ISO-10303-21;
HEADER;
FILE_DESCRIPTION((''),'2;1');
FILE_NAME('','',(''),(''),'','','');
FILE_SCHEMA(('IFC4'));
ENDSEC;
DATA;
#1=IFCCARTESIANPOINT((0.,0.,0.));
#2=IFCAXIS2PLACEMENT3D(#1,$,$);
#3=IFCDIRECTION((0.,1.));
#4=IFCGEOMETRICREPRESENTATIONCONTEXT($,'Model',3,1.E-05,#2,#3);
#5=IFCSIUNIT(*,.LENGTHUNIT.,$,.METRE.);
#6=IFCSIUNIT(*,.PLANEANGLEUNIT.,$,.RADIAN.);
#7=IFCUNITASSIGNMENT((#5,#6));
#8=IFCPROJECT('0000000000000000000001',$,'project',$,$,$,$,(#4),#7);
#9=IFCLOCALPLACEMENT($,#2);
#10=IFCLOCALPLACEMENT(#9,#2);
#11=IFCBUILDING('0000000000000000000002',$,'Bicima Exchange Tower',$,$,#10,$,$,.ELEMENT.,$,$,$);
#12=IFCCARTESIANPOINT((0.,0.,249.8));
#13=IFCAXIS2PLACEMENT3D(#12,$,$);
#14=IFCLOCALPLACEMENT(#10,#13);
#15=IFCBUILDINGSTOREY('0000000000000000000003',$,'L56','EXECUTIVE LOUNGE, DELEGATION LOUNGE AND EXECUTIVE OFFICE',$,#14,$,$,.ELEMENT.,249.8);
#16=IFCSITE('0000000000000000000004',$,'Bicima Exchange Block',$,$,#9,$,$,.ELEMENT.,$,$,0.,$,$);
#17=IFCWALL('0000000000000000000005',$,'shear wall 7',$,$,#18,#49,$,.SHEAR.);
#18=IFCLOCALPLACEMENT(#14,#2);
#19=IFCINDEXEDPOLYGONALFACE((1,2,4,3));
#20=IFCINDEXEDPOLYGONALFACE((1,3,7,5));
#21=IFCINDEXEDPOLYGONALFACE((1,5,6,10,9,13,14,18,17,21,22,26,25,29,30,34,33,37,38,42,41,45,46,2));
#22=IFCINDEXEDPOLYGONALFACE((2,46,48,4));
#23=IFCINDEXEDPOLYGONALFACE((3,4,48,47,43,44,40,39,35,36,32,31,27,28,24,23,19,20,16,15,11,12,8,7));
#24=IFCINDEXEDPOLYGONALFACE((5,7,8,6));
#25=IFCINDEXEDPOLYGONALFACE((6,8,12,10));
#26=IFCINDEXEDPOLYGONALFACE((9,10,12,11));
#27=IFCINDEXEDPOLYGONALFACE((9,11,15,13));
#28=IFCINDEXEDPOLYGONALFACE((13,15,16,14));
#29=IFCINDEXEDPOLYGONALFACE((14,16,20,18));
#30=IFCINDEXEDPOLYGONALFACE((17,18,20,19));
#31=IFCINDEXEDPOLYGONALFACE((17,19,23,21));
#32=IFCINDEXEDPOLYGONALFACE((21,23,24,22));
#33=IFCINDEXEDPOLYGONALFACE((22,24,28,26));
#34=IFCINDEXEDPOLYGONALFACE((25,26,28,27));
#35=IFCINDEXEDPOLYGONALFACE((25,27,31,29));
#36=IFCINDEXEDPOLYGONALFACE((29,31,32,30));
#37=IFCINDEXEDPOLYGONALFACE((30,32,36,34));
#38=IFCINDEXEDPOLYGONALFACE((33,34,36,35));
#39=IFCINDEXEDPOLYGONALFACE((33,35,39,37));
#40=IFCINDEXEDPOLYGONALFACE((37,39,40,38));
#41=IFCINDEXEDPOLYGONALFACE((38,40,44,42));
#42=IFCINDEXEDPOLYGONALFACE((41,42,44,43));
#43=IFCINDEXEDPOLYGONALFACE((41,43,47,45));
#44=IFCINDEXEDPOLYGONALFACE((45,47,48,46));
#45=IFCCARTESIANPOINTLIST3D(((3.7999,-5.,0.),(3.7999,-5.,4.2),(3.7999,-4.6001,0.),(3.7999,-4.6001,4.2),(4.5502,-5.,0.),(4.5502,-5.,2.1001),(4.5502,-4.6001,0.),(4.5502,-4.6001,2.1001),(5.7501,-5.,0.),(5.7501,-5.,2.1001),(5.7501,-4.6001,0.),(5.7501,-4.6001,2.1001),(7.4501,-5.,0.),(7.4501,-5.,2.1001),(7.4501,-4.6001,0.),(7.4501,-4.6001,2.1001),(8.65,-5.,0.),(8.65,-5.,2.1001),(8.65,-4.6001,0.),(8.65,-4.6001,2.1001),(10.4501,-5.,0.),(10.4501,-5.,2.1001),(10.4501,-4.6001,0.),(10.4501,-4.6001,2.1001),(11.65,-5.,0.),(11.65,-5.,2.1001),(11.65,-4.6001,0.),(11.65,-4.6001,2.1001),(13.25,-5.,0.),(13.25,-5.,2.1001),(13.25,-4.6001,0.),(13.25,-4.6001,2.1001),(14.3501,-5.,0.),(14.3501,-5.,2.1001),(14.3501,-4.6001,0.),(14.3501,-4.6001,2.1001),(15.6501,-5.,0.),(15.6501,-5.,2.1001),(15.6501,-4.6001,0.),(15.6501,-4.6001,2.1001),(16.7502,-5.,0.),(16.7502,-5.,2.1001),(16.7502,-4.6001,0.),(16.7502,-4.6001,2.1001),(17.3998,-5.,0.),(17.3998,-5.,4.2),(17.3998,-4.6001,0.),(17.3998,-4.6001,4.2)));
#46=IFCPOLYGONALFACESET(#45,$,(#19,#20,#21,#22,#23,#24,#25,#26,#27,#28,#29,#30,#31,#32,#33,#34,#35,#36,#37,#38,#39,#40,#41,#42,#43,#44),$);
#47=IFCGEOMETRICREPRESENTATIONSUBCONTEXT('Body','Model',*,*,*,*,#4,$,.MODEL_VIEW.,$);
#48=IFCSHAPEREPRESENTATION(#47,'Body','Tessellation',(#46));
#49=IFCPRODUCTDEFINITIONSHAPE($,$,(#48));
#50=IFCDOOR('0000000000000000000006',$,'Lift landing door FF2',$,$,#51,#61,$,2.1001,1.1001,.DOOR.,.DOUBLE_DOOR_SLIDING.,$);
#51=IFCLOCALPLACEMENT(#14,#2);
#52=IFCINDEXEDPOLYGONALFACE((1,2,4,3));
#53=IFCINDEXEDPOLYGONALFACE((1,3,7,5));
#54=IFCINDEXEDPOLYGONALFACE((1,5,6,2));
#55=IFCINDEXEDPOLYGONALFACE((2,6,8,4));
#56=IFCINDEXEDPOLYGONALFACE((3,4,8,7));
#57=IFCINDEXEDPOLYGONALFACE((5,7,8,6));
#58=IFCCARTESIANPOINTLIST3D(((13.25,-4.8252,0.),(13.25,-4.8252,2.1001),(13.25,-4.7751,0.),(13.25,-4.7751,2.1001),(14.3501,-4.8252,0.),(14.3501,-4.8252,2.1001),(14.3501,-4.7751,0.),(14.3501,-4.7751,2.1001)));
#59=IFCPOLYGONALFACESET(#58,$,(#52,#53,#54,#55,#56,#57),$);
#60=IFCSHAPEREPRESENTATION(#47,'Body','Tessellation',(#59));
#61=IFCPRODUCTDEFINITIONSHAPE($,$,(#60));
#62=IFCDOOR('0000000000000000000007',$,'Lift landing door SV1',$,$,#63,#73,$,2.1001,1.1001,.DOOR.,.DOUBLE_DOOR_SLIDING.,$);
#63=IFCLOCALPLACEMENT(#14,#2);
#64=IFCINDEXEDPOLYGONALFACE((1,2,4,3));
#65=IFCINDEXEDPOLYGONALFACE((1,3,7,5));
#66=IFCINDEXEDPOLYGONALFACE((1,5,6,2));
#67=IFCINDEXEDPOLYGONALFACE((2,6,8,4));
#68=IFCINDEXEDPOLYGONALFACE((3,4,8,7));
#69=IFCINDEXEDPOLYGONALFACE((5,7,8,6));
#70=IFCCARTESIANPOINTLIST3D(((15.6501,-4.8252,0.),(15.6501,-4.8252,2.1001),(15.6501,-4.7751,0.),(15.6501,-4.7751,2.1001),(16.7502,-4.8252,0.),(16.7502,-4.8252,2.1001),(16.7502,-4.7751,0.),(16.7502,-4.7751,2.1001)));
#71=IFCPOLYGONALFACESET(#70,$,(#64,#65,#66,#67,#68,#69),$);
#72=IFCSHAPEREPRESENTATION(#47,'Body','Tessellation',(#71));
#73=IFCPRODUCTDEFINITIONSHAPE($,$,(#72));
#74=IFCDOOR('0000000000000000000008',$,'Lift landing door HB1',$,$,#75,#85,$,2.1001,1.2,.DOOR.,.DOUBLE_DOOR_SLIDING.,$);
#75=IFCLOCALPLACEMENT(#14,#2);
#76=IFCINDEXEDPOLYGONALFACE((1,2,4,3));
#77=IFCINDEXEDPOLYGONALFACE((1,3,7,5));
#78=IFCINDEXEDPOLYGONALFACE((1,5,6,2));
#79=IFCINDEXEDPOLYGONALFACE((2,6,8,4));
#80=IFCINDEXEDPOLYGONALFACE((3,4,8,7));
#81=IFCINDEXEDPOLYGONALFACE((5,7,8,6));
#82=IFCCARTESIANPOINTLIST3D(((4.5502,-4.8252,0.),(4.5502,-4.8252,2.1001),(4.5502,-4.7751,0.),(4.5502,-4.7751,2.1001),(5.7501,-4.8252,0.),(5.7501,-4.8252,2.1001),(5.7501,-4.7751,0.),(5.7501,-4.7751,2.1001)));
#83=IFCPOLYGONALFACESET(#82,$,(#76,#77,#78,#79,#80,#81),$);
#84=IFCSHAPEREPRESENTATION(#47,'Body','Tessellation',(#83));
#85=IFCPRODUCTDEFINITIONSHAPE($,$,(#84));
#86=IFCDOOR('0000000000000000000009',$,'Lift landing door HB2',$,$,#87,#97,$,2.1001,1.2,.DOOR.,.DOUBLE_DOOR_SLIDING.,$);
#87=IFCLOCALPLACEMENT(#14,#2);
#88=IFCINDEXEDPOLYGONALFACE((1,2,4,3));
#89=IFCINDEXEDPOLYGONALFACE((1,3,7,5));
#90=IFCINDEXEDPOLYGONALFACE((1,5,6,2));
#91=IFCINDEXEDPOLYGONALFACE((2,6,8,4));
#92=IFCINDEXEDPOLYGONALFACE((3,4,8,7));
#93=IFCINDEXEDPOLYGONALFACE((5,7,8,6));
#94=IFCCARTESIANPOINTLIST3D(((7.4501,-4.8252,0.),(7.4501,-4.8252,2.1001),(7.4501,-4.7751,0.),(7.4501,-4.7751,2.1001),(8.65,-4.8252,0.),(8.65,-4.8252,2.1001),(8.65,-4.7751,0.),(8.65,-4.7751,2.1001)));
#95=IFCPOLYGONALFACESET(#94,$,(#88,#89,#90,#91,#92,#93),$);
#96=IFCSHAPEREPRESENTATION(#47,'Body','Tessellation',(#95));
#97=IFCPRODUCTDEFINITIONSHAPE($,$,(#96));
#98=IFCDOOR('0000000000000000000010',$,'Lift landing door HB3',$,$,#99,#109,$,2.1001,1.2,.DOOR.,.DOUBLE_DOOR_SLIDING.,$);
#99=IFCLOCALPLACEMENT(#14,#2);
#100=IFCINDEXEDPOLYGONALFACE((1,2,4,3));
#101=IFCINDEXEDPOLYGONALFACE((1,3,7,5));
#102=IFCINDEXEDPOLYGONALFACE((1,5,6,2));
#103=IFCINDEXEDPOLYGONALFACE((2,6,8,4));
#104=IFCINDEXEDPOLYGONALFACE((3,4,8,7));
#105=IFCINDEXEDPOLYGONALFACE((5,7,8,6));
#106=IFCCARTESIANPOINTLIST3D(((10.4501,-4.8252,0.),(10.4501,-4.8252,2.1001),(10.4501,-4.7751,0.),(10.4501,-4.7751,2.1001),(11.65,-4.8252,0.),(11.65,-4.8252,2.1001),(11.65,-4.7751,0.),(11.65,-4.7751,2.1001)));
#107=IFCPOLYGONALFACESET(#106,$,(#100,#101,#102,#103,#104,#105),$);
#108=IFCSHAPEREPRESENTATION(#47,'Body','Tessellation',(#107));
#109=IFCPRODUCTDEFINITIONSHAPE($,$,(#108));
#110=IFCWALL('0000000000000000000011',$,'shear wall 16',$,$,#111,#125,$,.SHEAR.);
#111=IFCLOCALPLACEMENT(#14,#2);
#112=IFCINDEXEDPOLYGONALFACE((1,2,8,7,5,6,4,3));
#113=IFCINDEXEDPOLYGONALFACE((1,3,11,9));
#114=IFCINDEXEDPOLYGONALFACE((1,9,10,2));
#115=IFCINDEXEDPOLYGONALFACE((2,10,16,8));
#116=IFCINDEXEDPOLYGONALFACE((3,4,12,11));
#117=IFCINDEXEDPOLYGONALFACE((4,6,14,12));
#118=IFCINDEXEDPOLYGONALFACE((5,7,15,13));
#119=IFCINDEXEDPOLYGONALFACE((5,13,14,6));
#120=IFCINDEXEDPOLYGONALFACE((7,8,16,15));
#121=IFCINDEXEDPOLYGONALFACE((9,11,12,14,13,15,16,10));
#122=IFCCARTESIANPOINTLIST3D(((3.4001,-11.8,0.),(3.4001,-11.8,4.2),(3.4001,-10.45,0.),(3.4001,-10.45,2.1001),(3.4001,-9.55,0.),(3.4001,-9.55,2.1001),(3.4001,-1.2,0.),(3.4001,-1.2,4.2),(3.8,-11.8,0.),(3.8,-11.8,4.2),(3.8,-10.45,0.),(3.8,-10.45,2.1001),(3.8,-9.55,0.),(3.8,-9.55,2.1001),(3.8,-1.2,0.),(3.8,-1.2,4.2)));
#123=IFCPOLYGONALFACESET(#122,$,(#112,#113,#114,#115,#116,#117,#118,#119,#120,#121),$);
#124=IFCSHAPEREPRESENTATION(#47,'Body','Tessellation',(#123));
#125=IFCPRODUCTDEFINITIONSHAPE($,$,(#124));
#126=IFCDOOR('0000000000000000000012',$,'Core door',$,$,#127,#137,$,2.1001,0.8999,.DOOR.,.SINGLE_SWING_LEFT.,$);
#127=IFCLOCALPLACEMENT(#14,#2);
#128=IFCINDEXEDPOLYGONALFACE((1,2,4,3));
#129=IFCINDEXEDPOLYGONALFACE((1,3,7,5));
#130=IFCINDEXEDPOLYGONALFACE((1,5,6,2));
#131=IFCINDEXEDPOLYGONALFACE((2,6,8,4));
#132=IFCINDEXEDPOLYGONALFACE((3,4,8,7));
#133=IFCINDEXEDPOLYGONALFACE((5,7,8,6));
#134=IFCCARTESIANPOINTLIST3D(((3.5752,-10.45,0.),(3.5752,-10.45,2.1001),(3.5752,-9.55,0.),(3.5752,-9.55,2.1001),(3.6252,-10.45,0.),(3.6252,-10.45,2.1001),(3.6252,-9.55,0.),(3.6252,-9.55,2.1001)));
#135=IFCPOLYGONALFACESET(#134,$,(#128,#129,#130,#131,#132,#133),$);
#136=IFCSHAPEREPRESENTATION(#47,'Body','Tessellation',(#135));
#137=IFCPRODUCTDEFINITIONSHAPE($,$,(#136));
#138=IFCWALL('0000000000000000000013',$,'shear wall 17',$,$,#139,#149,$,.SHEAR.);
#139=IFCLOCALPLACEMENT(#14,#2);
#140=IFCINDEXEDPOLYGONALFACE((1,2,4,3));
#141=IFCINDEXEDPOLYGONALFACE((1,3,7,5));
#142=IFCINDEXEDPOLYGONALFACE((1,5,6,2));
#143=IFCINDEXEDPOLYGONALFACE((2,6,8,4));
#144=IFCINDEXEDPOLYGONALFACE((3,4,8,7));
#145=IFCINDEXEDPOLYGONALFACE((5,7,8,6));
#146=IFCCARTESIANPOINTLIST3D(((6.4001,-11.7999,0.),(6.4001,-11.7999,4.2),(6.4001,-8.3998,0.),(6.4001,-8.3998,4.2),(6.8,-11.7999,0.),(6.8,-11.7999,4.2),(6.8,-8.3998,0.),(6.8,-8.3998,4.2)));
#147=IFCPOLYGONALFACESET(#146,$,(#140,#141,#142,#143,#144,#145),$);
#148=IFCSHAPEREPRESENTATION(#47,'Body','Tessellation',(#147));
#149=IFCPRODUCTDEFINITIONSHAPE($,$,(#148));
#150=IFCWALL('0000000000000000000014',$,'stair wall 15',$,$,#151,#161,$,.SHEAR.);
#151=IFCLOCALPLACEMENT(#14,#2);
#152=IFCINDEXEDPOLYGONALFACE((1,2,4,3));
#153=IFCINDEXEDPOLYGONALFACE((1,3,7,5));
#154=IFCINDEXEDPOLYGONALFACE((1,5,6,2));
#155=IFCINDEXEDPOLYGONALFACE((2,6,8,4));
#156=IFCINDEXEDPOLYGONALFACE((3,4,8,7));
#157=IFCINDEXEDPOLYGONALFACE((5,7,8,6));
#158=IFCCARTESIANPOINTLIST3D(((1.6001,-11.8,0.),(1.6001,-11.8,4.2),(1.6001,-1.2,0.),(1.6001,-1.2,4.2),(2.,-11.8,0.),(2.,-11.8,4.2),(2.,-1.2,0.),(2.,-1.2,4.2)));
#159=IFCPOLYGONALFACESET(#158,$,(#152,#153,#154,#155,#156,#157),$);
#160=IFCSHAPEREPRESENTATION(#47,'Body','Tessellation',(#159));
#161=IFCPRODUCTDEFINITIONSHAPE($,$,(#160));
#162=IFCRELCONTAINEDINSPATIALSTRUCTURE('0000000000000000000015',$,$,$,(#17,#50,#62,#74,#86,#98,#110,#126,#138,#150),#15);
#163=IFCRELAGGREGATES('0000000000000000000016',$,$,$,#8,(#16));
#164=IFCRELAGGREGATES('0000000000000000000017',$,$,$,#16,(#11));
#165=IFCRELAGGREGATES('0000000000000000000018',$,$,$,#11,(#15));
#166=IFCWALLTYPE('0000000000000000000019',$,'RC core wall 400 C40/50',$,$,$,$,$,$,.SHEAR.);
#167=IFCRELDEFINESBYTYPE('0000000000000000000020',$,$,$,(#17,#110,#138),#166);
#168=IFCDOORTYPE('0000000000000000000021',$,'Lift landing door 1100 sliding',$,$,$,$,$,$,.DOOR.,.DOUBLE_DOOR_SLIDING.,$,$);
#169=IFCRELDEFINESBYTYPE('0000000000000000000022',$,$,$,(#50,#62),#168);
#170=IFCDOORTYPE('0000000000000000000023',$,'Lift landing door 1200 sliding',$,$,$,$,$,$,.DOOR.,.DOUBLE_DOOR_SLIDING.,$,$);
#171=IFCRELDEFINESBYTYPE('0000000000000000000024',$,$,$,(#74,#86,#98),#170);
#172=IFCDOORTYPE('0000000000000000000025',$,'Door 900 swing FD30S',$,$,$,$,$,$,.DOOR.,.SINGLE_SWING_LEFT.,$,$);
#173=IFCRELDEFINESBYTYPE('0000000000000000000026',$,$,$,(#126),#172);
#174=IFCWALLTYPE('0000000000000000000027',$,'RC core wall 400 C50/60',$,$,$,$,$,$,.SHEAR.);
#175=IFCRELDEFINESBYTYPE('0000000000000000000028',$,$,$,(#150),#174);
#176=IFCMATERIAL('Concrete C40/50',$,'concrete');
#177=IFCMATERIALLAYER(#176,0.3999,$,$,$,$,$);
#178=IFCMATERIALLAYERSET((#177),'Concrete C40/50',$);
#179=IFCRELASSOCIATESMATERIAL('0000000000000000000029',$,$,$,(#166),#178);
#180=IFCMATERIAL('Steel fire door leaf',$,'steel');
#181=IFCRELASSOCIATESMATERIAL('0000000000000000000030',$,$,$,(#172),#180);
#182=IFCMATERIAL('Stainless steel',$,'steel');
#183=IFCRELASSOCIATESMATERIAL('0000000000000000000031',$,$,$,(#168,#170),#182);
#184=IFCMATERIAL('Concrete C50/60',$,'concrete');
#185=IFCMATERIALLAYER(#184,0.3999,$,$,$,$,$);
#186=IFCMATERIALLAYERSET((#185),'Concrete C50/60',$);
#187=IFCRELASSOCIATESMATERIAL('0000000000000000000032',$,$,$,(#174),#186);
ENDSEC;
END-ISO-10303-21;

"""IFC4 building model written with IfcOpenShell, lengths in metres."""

from ifc_helpers import new_model, si_unit, direction, frame, frame_2d, origin, place, context, subcontext, project, spatial, rectangle, extrude, material, layer, layer_set, type_object, element, fill, save


model = new_model("IFC4")

# Units and contexts
model_context = context("Model", 3, precision=1e-05, world=origin(), true_north=direction((0.0, 1.0)))
body_context = subcontext(model_context, "Body", "Model", "MODEL_VIEW")
ifc_project = project(units=[si_unit("LENGTHUNIT", "METRE"), si_unit("PLANEANGLEUNIT", "RADIAN")], contexts=[model_context])

# Site, building, storey
site_placement = place(None, origin())
site = spatial("IfcSite", under=ifc_project, at=site_placement, Name="Bicima Exchange Block", CompositionType="ELEMENT", RefElevation=0.0)
building_placement = place(site_placement, origin())
building = spatial("IfcBuilding", under=site, at=building_placement, Name="Bicima Exchange Tower", CompositionType="ELEMENT")
storey_placement = place(building_placement, frame((0.0, 0.0, 249.8)))
storey = spatial("IfcBuildingStorey", under=building, at=storey_placement, Name="L56", Description="EXECUTIVE LOUNGE, DELEGATION LOUNGE AND EXECUTIVE OFFICE", CompositionType="ELEMENT", Elevation=249.8)

# Shared definitions
ifc_material_1 = material(Name="Concrete C50/60", Category="concrete")

# Shared definitions
ifc_material_2 = material(Name="Concrete C40/50", Category="concrete")
ifc_layer_1 = layer(ifc_material_2, 0.3999)
ifc_layer_set_1 = layer_set([ifc_layer_1], Name="Concrete C40/50")
wall_type_1 = type_object("IfcWallType", Name="RC core wall 400 C40/50", PredefinedType="SHEAR", material=ifc_layer_set_1)
ifc_material_3 = material(Name="Steel fire door leaf", Category="steel")
door_type_1 = type_object("IfcDoorType", Name="Door 900 swing FD30S", OperationType="SINGLE_SWING_LEFT", PredefinedType="DOOR", material=ifc_material_3)

# Wall, openings, doors
wall_1_placement = place(storey_placement, frame((3.8, -4.8, 0.0), z_axis=(0.0, 0.0, 1.0), x_axis=(1.0, 0.0, 0.0)))
wall_1 = element("IfcWall", 1, at=wall_1_placement, inside=storey, type_object=wall_type_1, Name="shear wall 7", PredefinedType="SHEAR", context=body_context, shape_type="SweptSolid", body=[
    extrude(rectangle(XDim=13.5999, YDim=0.3999, at=frame_2d((6.7998, 0.0))), origin(), (0.0, 0.0, 1.0), 4.2),
])
opening_1_placement = place(wall_1_placement, frame((0.75, 0.0, 0.0)))
opening_1 = element("IfcOpeningElement", 2, at=opening_1_placement, cuts=wall_1, PredefinedType="OPENING", context=body_context, shape_type="SweptSolid", body=[
    extrude(rectangle(XDim=1.2, YDim=2.1001, at=frame_2d((0.6001, 1.05))), frame((0.0, 0.2119, 0.0), z_axis=(0.0, -1.0, 0.0), x_axis=(1.0, 0.0, 0.0)), (0.0, 0.0, 1.0), 0.4238),
])
opening_2_placement = place(wall_1_placement, frame((3.6499, 0.0, 0.0)))
opening_2 = element("IfcOpeningElement", 3, at=opening_2_placement, cuts=wall_1, PredefinedType="OPENING", context=body_context, shape_type="SweptSolid", body=[
    extrude(rectangle(XDim=1.2, YDim=2.1001, at=frame_2d((0.6001, 1.05))), frame((0.0, 0.2119, 0.0), z_axis=(0.0, -1.0, 0.0), x_axis=(1.0, 0.0, 0.0)), (0.0, 0.0, 1.0), 0.4238),
])
opening_3_placement = place(wall_1_placement, frame((6.6499, 0.0, 0.0)))
opening_3 = element("IfcOpeningElement", 4, at=opening_3_placement, cuts=wall_1, PredefinedType="OPENING", context=body_context, shape_type="SweptSolid", body=[
    extrude(rectangle(XDim=1.2, YDim=2.1001, at=frame_2d((0.6001, 1.05))), frame((0.0, 0.2119, 0.0), z_axis=(0.0, -1.0, 0.0), x_axis=(1.0, 0.0, 0.0)), (0.0, 0.0, 1.0), 0.4238),
])
opening_4_placement = place(wall_1_placement, frame((9.45, 0.0, 0.0)))
opening_4 = element("IfcOpeningElement", 5, at=opening_4_placement, cuts=wall_1, PredefinedType="OPENING", context=body_context, shape_type="SweptSolid", body=[
    extrude(rectangle(XDim=1.1001, YDim=2.1001, at=frame_2d((0.55, 1.05))), frame((0.0, 0.2119, 0.0), z_axis=(0.0, -1.0, 0.0), x_axis=(1.0, 0.0, 0.0)), (0.0, 0.0, 1.0), 0.4238),
])
opening_5_placement = place(wall_1_placement, frame((11.8501, 0.0, 0.0)))
opening_5 = element("IfcOpeningElement", 6, at=opening_5_placement, cuts=wall_1, PredefinedType="OPENING", context=body_context, shape_type="SweptSolid", body=[
    extrude(rectangle(XDim=1.1001, YDim=2.1001, at=frame_2d((0.55, 1.05))), frame((0.0, 0.2119, 0.0), z_axis=(0.0, -1.0, 0.0), x_axis=(1.0, 0.0, 0.0)), (0.0, 0.0, 1.0), 0.4238),
])
ifc_material_4 = material(Name="Stainless steel", Category="steel")
door_type_2 = type_object("IfcDoorType", Name="Lift landing door 1100 sliding", OperationType="DOUBLE_DOOR_SLIDING", PredefinedType="DOOR", material=ifc_material_4)
door_1_placement = place(opening_4_placement, origin())
door_1 = element("IfcDoor", 7, at=door_1_placement, inside=storey, type_object=door_type_2, Name="Lift landing door FF2", OperationType="DOUBLE_DOOR_SLIDING", OverallHeight=2.1001, OverallWidth=1.1001, PredefinedType="DOOR", context=body_context, shape_type="SweptSolid", body=[
    extrude(rectangle(XDim=1.1001, YDim=2.1001, at=frame_2d((0.55, 1.05))), frame((0.0, 0.0249, 0.0), z_axis=(0.0, -1.0, 0.0), x_axis=(1.0, 0.0, 0.0)), (0.0, 0.0, 1.0), 0.05),
])
fill(opening_4, door_1)
door_2_placement = place(opening_5_placement, origin())
door_2 = element("IfcDoor", 8, at=door_2_placement, inside=storey, type_object=door_type_2, Name="Lift landing door SV1", OperationType="DOUBLE_DOOR_SLIDING", OverallHeight=2.1001, OverallWidth=1.1001, PredefinedType="DOOR", context=body_context, shape_type="SweptSolid", body=[
    extrude(rectangle(XDim=1.1001, YDim=2.1001, at=frame_2d((0.55, 1.05))), frame((0.0, 0.0249, 0.0), z_axis=(0.0, -1.0, 0.0), x_axis=(1.0, 0.0, 0.0)), (0.0, 0.0, 1.0), 0.05),
])
fill(opening_5, door_2)
door_type_3 = type_object("IfcDoorType", Name="Lift landing door 1200 sliding", OperationType="DOUBLE_DOOR_SLIDING", PredefinedType="DOOR", material=ifc_material_4)
door_3_placement = place(opening_1_placement, origin())
door_3 = element("IfcDoor", 9, at=door_3_placement, inside=storey, type_object=door_type_3, Name="Lift landing door HB1", OperationType="DOUBLE_DOOR_SLIDING", OverallHeight=2.1001, OverallWidth=1.2, PredefinedType="DOOR", context=body_context, shape_type="SweptSolid", body=[
    extrude(rectangle(XDim=1.2, YDim=2.1001, at=frame_2d((0.6001, 1.05))), frame((0.0, 0.0249, 0.0), z_axis=(0.0, -1.0, 0.0), x_axis=(1.0, 0.0, 0.0)), (0.0, 0.0, 1.0), 0.05),
])
fill(opening_1, door_3)
door_4_placement = place(opening_2_placement, origin())
door_4 = element("IfcDoor", 10, at=door_4_placement, inside=storey, type_object=door_type_3, Name="Lift landing door HB2", OperationType="DOUBLE_DOOR_SLIDING", OverallHeight=2.1001, OverallWidth=1.2, PredefinedType="DOOR", context=body_context, shape_type="SweptSolid", body=[
    extrude(rectangle(XDim=1.2, YDim=2.1001, at=frame_2d((0.6001, 1.05))), frame((0.0, 0.0249, 0.0), z_axis=(0.0, -1.0, 0.0), x_axis=(1.0, 0.0, 0.0)), (0.0, 0.0, 1.0), 0.05),
])
fill(opening_2, door_4)
door_5_placement = place(opening_3_placement, origin())
door_5 = element("IfcDoor", 11, at=door_5_placement, inside=storey, type_object=door_type_3, Name="Lift landing door HB3", OperationType="DOUBLE_DOOR_SLIDING", OverallHeight=2.1001, OverallWidth=1.2, PredefinedType="DOOR", context=body_context, shape_type="SweptSolid", body=[
    extrude(rectangle(XDim=1.2, YDim=2.1001, at=frame_2d((0.6001, 1.05))), frame((0.0, 0.0249, 0.0), z_axis=(0.0, -1.0, 0.0), x_axis=(1.0, 0.0, 0.0)), (0.0, 0.0, 1.0), 0.05),
])
fill(opening_3, door_5)

# Wall, opening, door
wall_2_placement = place(storey_placement, frame((3.6001, -11.8, 0.0), z_axis=(0.0, 0.0, 1.0), x_axis=(0.0, 1.0, 0.0)))
wall_2 = element("IfcWall", 12, at=wall_2_placement, inside=storey, type_object=wall_type_1, Name="shear wall 16", PredefinedType="SHEAR", context=body_context, shape_type="SweptSolid", body=[
    extrude(rectangle(XDim=10.6001, YDim=0.3999, at=frame_2d((5.3, 0.0))), origin(), (0.0, 0.0, 1.0), 4.2),
])
opening_6_placement = place(wall_2_placement, frame((1.3501, 0.0, 0.0)))
opening_6 = element("IfcOpeningElement", 13, at=opening_6_placement, cuts=wall_2, PredefinedType="OPENING", context=body_context, shape_type="SweptSolid", body=[
    extrude(rectangle(XDim=0.8999, YDim=2.1001, at=frame_2d((0.45, 1.05))), frame((0.0, 0.2119, 0.0), z_axis=(0.0, -1.0, 0.0), x_axis=(1.0, 0.0, 0.0)), (0.0, 0.0, 1.0), 0.4238),
])
door_6_placement = place(opening_6_placement, origin())
door_6 = element("IfcDoor", 14, at=door_6_placement, inside=storey, type_object=door_type_1, Name="Core door", OperationType="SINGLE_SWING_LEFT", OverallHeight=2.1001, OverallWidth=0.8999, PredefinedType="DOOR", context=body_context, shape_type="SweptSolid", body=[
    extrude(rectangle(XDim=0.8999, YDim=2.1001, at=frame_2d((0.45, 1.05))), frame((0.0, 0.0249, 0.0), z_axis=(0.0, -1.0, 0.0), x_axis=(1.0, 0.0, 0.0)), (0.0, 0.0, 1.0), 0.05),
])
fill(opening_6, door_6)

# Walls
wall_3_placement = place(storey_placement, frame((6.6001, -11.8, 0.0), z_axis=(0.0, 0.0, 1.0), x_axis=(0.0, 1.0, 0.0)))
element("IfcWall", 15, at=wall_3_placement, inside=storey, type_object=wall_type_1, Name="shear wall 17", PredefinedType="SHEAR", context=body_context, shape_type="SweptSolid", body=[
    extrude(rectangle(XDim=3.4001, YDim=0.3999, at=frame_2d((1.7002, 0.0))), origin(), (0.0, 0.0, 1.0), 4.2),
])
ifc_layer_2 = layer(ifc_material_1, 0.3999)
ifc_layer_set_2 = layer_set([ifc_layer_2], Name="Concrete C50/60")
wall_type_2 = type_object("IfcWallType", Name="RC core wall 400 C50/60", PredefinedType="SHEAR", material=ifc_layer_set_2)
wall_4_placement = place(storey_placement, frame((1.8, -11.8, 0.0), z_axis=(0.0, 0.0, 1.0), x_axis=(0.0, 1.0, 0.0)))
element("IfcWall", 16, at=wall_4_placement, inside=storey, type_object=wall_type_2, Name="stair wall 15", PredefinedType="SHEAR", context=body_context, shape_type="SweptSolid", body=[
    extrude(rectangle(XDim=10.6001, YDim=0.3999, at=frame_2d((5.3, 0.0))), origin(), (0.0, 0.0, 1.0), 4.2),
])

save(model, "model.ifc")
